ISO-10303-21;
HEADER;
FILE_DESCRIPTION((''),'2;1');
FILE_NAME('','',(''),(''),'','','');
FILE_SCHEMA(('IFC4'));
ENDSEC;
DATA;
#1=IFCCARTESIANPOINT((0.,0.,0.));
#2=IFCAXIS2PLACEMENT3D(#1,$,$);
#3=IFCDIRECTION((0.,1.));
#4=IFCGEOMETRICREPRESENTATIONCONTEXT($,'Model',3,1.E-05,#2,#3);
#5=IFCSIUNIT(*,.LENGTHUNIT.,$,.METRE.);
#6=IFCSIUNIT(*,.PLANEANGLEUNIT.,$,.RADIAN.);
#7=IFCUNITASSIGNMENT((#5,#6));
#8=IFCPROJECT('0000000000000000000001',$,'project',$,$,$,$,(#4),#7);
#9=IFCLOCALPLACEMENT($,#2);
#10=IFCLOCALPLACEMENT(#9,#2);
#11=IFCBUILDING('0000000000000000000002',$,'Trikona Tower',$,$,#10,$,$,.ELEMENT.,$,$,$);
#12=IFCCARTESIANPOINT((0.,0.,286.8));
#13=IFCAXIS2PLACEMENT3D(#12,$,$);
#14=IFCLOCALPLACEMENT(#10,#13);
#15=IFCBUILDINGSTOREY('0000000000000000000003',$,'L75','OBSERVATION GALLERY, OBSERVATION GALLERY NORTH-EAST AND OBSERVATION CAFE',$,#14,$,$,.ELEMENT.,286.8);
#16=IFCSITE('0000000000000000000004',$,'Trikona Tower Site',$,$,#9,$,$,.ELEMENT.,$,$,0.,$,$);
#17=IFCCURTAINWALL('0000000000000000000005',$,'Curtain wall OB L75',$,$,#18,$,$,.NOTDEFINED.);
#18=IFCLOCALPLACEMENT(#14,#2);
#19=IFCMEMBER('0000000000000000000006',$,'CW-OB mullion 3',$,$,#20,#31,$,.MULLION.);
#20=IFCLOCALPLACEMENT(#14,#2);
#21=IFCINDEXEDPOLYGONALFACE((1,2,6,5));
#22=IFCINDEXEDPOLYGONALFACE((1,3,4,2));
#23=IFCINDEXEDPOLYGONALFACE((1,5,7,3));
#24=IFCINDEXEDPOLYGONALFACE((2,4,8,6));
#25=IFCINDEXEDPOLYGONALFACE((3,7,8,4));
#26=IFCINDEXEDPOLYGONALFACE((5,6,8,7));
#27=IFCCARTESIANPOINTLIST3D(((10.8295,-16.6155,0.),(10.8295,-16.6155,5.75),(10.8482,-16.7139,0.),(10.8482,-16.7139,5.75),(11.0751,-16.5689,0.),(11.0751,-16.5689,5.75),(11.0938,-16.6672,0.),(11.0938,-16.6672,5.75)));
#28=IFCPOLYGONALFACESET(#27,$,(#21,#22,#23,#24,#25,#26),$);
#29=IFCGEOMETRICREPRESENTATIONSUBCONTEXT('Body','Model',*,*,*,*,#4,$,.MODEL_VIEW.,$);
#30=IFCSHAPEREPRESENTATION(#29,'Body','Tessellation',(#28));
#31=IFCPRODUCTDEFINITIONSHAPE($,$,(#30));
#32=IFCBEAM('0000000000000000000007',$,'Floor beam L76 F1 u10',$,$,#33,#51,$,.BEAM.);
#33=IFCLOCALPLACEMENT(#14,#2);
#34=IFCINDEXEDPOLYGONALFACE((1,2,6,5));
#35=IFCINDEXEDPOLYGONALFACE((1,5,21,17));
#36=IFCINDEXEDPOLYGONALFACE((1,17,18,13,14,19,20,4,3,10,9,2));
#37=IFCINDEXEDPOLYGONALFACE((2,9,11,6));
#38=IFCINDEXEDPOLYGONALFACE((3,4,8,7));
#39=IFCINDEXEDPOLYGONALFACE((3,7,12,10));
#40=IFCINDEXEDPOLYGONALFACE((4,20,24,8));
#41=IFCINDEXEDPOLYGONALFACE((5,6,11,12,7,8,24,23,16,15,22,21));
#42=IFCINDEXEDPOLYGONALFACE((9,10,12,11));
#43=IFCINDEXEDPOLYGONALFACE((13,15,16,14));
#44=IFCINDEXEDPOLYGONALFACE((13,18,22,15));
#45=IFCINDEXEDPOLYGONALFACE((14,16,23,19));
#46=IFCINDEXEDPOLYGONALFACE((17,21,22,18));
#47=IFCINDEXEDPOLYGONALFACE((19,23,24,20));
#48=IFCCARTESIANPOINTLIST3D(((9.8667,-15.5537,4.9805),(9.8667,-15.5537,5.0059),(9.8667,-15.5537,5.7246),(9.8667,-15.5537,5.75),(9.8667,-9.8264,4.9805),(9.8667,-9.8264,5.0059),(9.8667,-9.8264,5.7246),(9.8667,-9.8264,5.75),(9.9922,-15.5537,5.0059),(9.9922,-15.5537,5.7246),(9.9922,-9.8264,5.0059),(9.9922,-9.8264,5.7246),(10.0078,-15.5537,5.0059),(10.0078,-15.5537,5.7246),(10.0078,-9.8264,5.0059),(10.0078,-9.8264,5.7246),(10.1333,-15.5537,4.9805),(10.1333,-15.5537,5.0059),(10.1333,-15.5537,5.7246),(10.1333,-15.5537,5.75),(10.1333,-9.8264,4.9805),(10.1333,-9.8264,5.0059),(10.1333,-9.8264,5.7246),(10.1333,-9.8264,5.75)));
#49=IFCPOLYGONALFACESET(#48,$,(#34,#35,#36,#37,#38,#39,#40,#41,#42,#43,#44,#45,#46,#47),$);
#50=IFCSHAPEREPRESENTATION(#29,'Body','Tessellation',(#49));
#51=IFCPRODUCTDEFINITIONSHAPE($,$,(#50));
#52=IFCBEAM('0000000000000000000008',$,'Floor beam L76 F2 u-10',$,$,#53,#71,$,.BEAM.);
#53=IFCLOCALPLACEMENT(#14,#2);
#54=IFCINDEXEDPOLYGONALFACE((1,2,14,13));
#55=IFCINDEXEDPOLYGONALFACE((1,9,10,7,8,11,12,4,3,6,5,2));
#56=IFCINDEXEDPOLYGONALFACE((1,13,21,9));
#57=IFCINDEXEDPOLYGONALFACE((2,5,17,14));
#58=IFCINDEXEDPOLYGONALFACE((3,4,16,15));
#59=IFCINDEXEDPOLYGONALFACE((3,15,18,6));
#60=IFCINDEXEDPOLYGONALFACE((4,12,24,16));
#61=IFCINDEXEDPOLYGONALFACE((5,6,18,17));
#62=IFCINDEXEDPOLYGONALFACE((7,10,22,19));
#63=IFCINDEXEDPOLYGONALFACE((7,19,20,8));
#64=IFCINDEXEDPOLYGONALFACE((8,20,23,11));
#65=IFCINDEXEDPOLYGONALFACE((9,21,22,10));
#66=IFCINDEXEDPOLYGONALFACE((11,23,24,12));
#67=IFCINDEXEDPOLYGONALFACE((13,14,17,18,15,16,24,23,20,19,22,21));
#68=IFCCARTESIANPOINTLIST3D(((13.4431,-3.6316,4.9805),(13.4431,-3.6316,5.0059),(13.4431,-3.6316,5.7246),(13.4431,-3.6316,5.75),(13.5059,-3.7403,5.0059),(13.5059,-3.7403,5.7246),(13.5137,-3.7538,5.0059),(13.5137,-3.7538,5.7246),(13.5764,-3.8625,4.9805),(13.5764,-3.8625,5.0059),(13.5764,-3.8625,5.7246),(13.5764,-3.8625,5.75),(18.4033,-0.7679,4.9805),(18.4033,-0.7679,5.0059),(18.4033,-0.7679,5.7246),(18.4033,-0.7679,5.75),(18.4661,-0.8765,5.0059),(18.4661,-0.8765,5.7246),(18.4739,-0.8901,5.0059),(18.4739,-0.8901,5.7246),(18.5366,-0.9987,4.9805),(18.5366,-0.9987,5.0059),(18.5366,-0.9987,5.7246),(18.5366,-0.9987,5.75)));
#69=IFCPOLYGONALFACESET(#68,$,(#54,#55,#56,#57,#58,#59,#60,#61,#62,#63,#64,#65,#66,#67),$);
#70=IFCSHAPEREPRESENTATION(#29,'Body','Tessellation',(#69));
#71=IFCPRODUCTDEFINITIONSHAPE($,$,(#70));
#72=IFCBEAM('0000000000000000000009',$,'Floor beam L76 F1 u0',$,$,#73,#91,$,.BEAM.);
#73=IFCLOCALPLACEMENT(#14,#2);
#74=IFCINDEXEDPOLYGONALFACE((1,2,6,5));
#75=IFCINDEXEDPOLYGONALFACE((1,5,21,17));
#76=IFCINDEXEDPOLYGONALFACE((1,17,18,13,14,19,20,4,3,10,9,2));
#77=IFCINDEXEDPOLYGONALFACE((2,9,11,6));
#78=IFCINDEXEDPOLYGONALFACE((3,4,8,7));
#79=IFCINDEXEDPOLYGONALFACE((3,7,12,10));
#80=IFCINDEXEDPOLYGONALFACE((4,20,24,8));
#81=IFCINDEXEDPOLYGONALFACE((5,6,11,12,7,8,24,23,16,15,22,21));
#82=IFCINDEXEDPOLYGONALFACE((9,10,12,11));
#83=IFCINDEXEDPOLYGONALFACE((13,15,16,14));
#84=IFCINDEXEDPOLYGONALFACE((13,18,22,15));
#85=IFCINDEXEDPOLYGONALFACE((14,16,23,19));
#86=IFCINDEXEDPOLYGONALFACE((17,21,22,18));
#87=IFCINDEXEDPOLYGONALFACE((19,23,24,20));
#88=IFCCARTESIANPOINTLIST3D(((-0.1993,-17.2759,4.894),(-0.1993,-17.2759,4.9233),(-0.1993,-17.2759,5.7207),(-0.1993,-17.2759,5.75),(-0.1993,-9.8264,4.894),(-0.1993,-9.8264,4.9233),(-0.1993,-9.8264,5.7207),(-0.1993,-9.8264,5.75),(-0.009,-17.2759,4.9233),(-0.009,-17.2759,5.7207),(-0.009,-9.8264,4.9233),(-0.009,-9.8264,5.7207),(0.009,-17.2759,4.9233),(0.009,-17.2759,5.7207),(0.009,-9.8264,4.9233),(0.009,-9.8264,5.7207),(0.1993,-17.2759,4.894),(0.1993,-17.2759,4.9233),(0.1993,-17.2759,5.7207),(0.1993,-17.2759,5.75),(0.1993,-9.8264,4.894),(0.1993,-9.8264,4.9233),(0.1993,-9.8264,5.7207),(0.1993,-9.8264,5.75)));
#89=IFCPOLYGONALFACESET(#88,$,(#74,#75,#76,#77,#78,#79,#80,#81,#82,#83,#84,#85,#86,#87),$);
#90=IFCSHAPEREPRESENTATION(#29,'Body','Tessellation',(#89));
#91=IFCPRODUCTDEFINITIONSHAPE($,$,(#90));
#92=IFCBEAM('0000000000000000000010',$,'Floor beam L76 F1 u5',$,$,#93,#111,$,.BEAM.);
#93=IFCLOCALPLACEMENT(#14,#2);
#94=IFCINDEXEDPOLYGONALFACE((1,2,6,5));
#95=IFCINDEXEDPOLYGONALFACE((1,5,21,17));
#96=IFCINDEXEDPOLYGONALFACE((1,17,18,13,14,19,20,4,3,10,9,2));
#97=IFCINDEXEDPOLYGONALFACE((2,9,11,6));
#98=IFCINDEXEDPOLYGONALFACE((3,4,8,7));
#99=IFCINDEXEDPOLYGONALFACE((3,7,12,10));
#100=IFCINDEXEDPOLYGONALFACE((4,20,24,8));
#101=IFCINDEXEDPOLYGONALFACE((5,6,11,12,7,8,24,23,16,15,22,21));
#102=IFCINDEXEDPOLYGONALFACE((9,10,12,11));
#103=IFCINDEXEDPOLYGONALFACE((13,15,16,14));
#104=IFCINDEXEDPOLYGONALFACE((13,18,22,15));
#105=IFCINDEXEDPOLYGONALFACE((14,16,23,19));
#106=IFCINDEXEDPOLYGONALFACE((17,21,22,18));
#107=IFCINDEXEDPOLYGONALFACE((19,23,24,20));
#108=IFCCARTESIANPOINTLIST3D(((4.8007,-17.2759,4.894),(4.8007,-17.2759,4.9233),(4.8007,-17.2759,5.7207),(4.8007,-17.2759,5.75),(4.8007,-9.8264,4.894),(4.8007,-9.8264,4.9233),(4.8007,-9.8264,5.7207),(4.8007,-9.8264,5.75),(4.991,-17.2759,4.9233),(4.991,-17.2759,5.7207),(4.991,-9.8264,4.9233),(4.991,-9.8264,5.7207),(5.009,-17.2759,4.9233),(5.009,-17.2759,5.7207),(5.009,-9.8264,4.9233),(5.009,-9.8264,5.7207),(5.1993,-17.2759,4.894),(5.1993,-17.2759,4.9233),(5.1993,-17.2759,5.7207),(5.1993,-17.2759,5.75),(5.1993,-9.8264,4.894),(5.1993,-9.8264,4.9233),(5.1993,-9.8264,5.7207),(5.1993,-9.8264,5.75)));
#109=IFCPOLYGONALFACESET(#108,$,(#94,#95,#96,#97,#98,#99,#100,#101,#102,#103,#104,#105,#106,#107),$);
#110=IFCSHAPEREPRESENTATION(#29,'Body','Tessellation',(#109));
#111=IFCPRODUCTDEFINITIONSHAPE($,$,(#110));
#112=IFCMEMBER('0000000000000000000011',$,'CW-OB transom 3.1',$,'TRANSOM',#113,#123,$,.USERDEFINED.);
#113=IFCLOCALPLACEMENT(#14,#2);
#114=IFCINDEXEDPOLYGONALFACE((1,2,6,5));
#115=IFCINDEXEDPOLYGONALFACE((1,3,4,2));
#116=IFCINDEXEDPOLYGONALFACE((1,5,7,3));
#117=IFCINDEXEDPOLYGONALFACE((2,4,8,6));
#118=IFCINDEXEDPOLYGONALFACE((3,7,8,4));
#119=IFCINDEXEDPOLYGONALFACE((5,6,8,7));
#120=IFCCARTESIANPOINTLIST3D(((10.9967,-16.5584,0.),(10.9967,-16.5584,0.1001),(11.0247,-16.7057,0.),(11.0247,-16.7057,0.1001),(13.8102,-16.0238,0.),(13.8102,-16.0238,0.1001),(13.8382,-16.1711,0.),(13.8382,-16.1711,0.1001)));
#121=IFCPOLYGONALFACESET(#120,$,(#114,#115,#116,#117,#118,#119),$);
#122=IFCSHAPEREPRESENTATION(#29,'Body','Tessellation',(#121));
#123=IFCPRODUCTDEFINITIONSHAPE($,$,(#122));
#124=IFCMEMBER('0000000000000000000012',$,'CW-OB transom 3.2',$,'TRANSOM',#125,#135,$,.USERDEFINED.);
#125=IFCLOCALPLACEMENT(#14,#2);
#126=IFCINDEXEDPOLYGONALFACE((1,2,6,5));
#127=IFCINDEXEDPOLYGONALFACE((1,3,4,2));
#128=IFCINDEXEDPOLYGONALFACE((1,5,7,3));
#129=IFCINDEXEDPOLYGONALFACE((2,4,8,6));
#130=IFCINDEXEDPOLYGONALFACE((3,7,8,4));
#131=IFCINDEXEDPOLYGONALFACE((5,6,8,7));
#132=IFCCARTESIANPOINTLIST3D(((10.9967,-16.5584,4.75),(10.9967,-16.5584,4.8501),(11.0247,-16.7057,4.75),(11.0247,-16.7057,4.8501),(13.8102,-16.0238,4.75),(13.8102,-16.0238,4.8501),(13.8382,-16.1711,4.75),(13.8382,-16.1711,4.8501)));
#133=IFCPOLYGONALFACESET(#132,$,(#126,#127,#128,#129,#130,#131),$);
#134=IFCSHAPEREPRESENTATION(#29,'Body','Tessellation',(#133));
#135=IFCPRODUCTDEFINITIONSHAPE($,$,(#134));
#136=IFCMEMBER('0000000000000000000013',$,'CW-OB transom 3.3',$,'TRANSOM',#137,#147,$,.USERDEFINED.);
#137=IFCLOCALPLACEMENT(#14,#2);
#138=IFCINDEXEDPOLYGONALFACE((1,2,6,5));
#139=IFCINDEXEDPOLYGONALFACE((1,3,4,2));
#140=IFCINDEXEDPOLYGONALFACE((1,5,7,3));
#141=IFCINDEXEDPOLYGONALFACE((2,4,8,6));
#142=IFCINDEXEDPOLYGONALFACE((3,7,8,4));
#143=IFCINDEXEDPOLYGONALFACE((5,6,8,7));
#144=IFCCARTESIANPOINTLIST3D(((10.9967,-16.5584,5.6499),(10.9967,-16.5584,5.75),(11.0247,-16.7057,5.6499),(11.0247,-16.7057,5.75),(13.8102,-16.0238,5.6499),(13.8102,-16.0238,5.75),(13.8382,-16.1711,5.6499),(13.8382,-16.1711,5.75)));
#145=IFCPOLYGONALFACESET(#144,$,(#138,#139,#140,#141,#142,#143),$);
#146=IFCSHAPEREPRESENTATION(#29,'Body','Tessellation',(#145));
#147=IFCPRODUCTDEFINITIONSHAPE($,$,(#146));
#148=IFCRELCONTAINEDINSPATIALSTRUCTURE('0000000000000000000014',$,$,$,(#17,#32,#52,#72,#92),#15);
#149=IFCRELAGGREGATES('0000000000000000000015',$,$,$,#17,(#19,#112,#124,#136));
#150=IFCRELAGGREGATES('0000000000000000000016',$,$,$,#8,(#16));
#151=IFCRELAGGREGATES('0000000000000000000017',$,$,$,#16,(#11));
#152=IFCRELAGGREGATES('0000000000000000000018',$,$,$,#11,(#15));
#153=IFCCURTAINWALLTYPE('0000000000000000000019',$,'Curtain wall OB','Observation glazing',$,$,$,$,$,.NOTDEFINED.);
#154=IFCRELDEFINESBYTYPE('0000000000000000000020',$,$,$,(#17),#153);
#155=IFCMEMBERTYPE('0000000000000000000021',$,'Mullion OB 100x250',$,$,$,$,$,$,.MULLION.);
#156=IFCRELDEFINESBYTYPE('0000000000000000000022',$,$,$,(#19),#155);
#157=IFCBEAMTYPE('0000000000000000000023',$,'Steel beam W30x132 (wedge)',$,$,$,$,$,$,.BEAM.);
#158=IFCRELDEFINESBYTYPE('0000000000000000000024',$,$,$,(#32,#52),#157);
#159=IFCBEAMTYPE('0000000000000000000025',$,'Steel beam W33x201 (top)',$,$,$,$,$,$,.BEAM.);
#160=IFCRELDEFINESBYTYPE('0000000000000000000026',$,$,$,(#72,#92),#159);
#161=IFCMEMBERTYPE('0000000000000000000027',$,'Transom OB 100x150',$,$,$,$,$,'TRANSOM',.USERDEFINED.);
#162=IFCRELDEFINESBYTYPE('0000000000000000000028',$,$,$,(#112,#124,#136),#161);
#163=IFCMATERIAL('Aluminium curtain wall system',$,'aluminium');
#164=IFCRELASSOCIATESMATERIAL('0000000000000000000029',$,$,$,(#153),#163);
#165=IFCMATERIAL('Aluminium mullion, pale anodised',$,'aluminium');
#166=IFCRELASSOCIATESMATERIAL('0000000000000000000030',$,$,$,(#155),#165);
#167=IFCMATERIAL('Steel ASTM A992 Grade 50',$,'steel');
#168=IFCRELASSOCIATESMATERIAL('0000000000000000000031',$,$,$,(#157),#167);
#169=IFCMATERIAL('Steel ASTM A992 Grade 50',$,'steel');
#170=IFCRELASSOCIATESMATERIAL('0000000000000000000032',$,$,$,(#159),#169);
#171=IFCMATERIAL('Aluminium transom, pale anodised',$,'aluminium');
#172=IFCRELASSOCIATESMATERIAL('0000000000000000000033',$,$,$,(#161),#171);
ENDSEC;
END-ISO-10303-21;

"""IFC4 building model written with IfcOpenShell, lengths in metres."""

from ifc_helpers import new_model, si_unit, direction, frame, origin, origin_2d, place, context, subcontext, project, spatial, rectangle, i_section, extrude, material, material_profile, profile_set, type_object, element, aggregate, save


model = new_model("IFC4")

# Units and contexts
model_context = context("Model", 3, precision=1e-05, world=origin(), true_north=direction((0.0, 1.0)))
body_context = subcontext(model_context, "Body", "Model", "MODEL_VIEW")
ifc_project = project(units=[si_unit("LENGTHUNIT", "METRE"), si_unit("PLANEANGLEUNIT", "RADIAN")], contexts=[model_context])

# Site, building, storey
site_placement = place(None, origin())
site = spatial("IfcSite", under=ifc_project, at=site_placement, Name="Trikona Tower Site", CompositionType="ELEMENT", RefElevation=0.0)
building_placement = place(site_placement, origin())
building = spatial("IfcBuilding", under=site, at=building_placement, Name="Trikona Tower", CompositionType="ELEMENT")
storey_placement = place(building_placement, frame((0.0, 0.0, 286.8)))
storey = spatial("IfcBuildingStorey", under=building, at=storey_placement, Name="L75", Description="OBSERVATION GALLERY, OBSERVATION GALLERY NORTH-EAST AND OBSERVATION CAFE", CompositionType="ELEMENT", Elevation=286.8)

# Curtain wall, member
ifc_material_1 = material(Name="Aluminium curtain wall system", Category="aluminium")
curtain_wall_type = type_object("IfcCurtainWallType", Name="Curtain wall OB", Description="Observation glazing", PredefinedType="NOTDEFINED", material=ifc_material_1)
curtain_wall_placement = place(storey_placement, origin())
curtain_wall = element("IfcCurtainWall", 1, at=curtain_wall_placement, inside=storey, type_object=curtain_wall_type, Name="Curtain wall OB L75", PredefinedType="NOTDEFINED")
ifc_material_2 = material(Name="Aluminium mullion, pale anodised", Category="aluminium")
ifc_material_profile_1 = material_profile(ifc_material_2, rectangle(XDim=0.1001, YDim=0.25, at=origin_2d()), Name="MUL-OB")
ifc_profile_set_1 = profile_set([ifc_material_profile_1], Name="Aluminium mullion, pale anodised")
member_type_1 = type_object("IfcMemberType", Name="Mullion OB 100x250", PredefinedType="MULLION", material=ifc_profile_set_1)
member_1_placement = place(storey_placement, frame((10.9617, -16.6414, 0.0), z_axis=(0.0, 0.0, 1.0), x_axis=(-0.186661, 0.982424, 0.0)))
member_1 = element("IfcMember", 2, at=member_1_placement, type_object=member_type_1, Name="CW-OB mullion 3", PredefinedType="MULLION", context=body_context, shape_type="SweptSolid", body=[
    extrude(rectangle(XDim=0.1001, YDim=0.25, at=origin_2d()), origin(), (0.0, 0.0, 1.0), 5.75),
])

# Beams
ifc_material_3 = material(Name="Steel ASTM A992 Grade 50", Category="steel")
ifc_material_profile_2 = material_profile(ifc_material_3, i_section(OverallWidth=0.2666, OverallDepth=0.7695, WebThickness=0.0156, FlangeThickness=0.0254, at=origin_2d()), Name="W30X132")
ifc_profile_set_2 = profile_set([ifc_material_profile_2], Name="Steel ASTM A992 Grade 50")
beam_type_1 = type_object("IfcBeamType", Name="Steel beam W30x132 (wedge)", PredefinedType="BEAM", material=ifc_profile_set_2)
beam_1_placement = place(storey_placement, frame((10.0, -9.8264, 5.3652), z_axis=(0.0, -1.0, 0.0), x_axis=(1.0, 0.0, 0.0)))
element("IfcBeam", 3, at=beam_1_placement, inside=storey, type_object=beam_type_1, Name="Floor beam L76 F1 u10", PredefinedType="BEAM", context=body_context, shape_type="SweptSolid", body=[
    extrude(i_section(OverallWidth=0.2666, OverallDepth=0.7695, WebThickness=0.0156, FlangeThickness=0.0254, at=origin_2d()), origin(), (0.0, 0.0, 1.0), 5.7273),
])
beam_2_placement = place(storey_placement, frame((13.5098, -3.7471, 5.3652), z_axis=(0.866026, 0.499999, 0.0), x_axis=(-0.499999, 0.866026, 0.0)))
element("IfcBeam", 4, at=beam_2_placement, inside=storey, type_object=beam_type_1, Name="Floor beam L76 F2 u-10", PredefinedType="BEAM", context=body_context, shape_type="SweptSolid", body=[
    extrude(i_section(OverallWidth=0.2666, OverallDepth=0.7695, WebThickness=0.0156, FlangeThickness=0.0254, at=origin_2d()), origin(), (0.0, 0.0, 1.0), 5.7275),
])
ifc_material_4 = material(Name="Steel ASTM A992 Grade 50", Category="steel")
ifc_material_profile_3 = material_profile(ifc_material_4, i_section(OverallWidth=0.3987, OverallDepth=0.856, WebThickness=0.0181, FlangeThickness=0.0293, at=origin_2d()), Name="W33X201")
ifc_profile_set_3 = profile_set([ifc_material_profile_3], Name="Steel ASTM A992 Grade 50")
beam_type_2 = type_object("IfcBeamType", Name="Steel beam W33x201 (top)", PredefinedType="BEAM", material=ifc_profile_set_3)
for number, where, z_axis, x_axis, name in (
    (5, (0.0, -9.8264, 5.322), (0.0, -1.0, 0.0), (1.0, 0.0, 0.0), "Floor beam L76 F1 u0"),
    (6, (5.0, -9.8264, 5.322), (0.0, -1.0, 0.0), (1.0, 0.0, 0.0), "Floor beam L76 F1 u5"),
):
    element("IfcBeam", number, at=place(storey_placement, frame(where, z_axis=z_axis, x_axis=x_axis)), inside=storey, type_object=beam_type_2, Name=name, PredefinedType="BEAM", context=body_context, shape_type="SweptSolid", body=[
        extrude(i_section(OverallWidth=0.3987, OverallDepth=0.856, WebThickness=0.0181, FlangeThickness=0.0293, at=origin_2d()), origin(), (0.0, 0.0, 1.0), 7.4495),
    ])

# Members
ifc_material_5 = material(Name="Aluminium transom, pale anodised", Category="aluminium")
ifc_material_profile_4 = material_profile(ifc_material_5, rectangle(XDim=0.1499, YDim=0.1001, at=origin_2d()), Name="TRN-OB")
ifc_profile_set_4 = profile_set([ifc_material_profile_4], Name="Aluminium transom, pale anodised")
member_type_2 = type_object("IfcMemberType", Name="Transom OB 100x150", ElementType="TRANSOM", PredefinedType="USERDEFINED", material=ifc_profile_set_4)
member_2_placement = place(storey_placement, frame((11.0107, -16.6321, 0.05), z_axis=(0.982418, 0.186697, 0.0), x_axis=(-0.186697, 0.982418, 0.0)))
member_2 = element("IfcMember", 7, at=member_2_placement, type_object=member_type_2, Name="CW-OB transom 3.1", ObjectType="TRANSOM", PredefinedType="USERDEFINED", context=body_context, shape_type="SweptSolid", body=[
    extrude(rectangle(XDim=0.1499, YDim=0.1001, at=origin_2d()), origin(), (0.0, 0.0, 1.0), 2.8638),
])
member_3_placement = place(storey_placement, frame((11.0107, -16.6321, 4.8), z_axis=(0.982418, 0.186697, 0.0), x_axis=(-0.186697, 0.982418, 0.0)))
member_3 = element("IfcMember", 8, at=member_3_placement, type_object=member_type_2, Name="CW-OB transom 3.2", ObjectType="TRANSOM", PredefinedType="USERDEFINED", context=body_context, shape_type="SweptSolid", body=[
    extrude(rectangle(XDim=0.1499, YDim=0.1001, at=origin_2d()), origin(), (0.0, 0.0, 1.0), 2.8638),
])
member_4_placement = place(storey_placement, frame((11.0107, -16.6321, 5.7), z_axis=(0.982418, 0.186697, 0.0), x_axis=(-0.186697, 0.982418, 0.0)))
member_4 = element("IfcMember", 9, at=member_4_placement, type_object=member_type_2, Name="CW-OB transom 3.3", ObjectType="TRANSOM", PredefinedType="USERDEFINED", context=body_context, shape_type="SweptSolid", body=[
    extrude(rectangle(XDim=0.1499, YDim=0.1001, at=origin_2d()), origin(), (0.0, 0.0, 1.0), 2.8638),
])

aggregate(curtain_wall, [member_1, member_2, member_3, member_4])

save(model, "model.ifc")
